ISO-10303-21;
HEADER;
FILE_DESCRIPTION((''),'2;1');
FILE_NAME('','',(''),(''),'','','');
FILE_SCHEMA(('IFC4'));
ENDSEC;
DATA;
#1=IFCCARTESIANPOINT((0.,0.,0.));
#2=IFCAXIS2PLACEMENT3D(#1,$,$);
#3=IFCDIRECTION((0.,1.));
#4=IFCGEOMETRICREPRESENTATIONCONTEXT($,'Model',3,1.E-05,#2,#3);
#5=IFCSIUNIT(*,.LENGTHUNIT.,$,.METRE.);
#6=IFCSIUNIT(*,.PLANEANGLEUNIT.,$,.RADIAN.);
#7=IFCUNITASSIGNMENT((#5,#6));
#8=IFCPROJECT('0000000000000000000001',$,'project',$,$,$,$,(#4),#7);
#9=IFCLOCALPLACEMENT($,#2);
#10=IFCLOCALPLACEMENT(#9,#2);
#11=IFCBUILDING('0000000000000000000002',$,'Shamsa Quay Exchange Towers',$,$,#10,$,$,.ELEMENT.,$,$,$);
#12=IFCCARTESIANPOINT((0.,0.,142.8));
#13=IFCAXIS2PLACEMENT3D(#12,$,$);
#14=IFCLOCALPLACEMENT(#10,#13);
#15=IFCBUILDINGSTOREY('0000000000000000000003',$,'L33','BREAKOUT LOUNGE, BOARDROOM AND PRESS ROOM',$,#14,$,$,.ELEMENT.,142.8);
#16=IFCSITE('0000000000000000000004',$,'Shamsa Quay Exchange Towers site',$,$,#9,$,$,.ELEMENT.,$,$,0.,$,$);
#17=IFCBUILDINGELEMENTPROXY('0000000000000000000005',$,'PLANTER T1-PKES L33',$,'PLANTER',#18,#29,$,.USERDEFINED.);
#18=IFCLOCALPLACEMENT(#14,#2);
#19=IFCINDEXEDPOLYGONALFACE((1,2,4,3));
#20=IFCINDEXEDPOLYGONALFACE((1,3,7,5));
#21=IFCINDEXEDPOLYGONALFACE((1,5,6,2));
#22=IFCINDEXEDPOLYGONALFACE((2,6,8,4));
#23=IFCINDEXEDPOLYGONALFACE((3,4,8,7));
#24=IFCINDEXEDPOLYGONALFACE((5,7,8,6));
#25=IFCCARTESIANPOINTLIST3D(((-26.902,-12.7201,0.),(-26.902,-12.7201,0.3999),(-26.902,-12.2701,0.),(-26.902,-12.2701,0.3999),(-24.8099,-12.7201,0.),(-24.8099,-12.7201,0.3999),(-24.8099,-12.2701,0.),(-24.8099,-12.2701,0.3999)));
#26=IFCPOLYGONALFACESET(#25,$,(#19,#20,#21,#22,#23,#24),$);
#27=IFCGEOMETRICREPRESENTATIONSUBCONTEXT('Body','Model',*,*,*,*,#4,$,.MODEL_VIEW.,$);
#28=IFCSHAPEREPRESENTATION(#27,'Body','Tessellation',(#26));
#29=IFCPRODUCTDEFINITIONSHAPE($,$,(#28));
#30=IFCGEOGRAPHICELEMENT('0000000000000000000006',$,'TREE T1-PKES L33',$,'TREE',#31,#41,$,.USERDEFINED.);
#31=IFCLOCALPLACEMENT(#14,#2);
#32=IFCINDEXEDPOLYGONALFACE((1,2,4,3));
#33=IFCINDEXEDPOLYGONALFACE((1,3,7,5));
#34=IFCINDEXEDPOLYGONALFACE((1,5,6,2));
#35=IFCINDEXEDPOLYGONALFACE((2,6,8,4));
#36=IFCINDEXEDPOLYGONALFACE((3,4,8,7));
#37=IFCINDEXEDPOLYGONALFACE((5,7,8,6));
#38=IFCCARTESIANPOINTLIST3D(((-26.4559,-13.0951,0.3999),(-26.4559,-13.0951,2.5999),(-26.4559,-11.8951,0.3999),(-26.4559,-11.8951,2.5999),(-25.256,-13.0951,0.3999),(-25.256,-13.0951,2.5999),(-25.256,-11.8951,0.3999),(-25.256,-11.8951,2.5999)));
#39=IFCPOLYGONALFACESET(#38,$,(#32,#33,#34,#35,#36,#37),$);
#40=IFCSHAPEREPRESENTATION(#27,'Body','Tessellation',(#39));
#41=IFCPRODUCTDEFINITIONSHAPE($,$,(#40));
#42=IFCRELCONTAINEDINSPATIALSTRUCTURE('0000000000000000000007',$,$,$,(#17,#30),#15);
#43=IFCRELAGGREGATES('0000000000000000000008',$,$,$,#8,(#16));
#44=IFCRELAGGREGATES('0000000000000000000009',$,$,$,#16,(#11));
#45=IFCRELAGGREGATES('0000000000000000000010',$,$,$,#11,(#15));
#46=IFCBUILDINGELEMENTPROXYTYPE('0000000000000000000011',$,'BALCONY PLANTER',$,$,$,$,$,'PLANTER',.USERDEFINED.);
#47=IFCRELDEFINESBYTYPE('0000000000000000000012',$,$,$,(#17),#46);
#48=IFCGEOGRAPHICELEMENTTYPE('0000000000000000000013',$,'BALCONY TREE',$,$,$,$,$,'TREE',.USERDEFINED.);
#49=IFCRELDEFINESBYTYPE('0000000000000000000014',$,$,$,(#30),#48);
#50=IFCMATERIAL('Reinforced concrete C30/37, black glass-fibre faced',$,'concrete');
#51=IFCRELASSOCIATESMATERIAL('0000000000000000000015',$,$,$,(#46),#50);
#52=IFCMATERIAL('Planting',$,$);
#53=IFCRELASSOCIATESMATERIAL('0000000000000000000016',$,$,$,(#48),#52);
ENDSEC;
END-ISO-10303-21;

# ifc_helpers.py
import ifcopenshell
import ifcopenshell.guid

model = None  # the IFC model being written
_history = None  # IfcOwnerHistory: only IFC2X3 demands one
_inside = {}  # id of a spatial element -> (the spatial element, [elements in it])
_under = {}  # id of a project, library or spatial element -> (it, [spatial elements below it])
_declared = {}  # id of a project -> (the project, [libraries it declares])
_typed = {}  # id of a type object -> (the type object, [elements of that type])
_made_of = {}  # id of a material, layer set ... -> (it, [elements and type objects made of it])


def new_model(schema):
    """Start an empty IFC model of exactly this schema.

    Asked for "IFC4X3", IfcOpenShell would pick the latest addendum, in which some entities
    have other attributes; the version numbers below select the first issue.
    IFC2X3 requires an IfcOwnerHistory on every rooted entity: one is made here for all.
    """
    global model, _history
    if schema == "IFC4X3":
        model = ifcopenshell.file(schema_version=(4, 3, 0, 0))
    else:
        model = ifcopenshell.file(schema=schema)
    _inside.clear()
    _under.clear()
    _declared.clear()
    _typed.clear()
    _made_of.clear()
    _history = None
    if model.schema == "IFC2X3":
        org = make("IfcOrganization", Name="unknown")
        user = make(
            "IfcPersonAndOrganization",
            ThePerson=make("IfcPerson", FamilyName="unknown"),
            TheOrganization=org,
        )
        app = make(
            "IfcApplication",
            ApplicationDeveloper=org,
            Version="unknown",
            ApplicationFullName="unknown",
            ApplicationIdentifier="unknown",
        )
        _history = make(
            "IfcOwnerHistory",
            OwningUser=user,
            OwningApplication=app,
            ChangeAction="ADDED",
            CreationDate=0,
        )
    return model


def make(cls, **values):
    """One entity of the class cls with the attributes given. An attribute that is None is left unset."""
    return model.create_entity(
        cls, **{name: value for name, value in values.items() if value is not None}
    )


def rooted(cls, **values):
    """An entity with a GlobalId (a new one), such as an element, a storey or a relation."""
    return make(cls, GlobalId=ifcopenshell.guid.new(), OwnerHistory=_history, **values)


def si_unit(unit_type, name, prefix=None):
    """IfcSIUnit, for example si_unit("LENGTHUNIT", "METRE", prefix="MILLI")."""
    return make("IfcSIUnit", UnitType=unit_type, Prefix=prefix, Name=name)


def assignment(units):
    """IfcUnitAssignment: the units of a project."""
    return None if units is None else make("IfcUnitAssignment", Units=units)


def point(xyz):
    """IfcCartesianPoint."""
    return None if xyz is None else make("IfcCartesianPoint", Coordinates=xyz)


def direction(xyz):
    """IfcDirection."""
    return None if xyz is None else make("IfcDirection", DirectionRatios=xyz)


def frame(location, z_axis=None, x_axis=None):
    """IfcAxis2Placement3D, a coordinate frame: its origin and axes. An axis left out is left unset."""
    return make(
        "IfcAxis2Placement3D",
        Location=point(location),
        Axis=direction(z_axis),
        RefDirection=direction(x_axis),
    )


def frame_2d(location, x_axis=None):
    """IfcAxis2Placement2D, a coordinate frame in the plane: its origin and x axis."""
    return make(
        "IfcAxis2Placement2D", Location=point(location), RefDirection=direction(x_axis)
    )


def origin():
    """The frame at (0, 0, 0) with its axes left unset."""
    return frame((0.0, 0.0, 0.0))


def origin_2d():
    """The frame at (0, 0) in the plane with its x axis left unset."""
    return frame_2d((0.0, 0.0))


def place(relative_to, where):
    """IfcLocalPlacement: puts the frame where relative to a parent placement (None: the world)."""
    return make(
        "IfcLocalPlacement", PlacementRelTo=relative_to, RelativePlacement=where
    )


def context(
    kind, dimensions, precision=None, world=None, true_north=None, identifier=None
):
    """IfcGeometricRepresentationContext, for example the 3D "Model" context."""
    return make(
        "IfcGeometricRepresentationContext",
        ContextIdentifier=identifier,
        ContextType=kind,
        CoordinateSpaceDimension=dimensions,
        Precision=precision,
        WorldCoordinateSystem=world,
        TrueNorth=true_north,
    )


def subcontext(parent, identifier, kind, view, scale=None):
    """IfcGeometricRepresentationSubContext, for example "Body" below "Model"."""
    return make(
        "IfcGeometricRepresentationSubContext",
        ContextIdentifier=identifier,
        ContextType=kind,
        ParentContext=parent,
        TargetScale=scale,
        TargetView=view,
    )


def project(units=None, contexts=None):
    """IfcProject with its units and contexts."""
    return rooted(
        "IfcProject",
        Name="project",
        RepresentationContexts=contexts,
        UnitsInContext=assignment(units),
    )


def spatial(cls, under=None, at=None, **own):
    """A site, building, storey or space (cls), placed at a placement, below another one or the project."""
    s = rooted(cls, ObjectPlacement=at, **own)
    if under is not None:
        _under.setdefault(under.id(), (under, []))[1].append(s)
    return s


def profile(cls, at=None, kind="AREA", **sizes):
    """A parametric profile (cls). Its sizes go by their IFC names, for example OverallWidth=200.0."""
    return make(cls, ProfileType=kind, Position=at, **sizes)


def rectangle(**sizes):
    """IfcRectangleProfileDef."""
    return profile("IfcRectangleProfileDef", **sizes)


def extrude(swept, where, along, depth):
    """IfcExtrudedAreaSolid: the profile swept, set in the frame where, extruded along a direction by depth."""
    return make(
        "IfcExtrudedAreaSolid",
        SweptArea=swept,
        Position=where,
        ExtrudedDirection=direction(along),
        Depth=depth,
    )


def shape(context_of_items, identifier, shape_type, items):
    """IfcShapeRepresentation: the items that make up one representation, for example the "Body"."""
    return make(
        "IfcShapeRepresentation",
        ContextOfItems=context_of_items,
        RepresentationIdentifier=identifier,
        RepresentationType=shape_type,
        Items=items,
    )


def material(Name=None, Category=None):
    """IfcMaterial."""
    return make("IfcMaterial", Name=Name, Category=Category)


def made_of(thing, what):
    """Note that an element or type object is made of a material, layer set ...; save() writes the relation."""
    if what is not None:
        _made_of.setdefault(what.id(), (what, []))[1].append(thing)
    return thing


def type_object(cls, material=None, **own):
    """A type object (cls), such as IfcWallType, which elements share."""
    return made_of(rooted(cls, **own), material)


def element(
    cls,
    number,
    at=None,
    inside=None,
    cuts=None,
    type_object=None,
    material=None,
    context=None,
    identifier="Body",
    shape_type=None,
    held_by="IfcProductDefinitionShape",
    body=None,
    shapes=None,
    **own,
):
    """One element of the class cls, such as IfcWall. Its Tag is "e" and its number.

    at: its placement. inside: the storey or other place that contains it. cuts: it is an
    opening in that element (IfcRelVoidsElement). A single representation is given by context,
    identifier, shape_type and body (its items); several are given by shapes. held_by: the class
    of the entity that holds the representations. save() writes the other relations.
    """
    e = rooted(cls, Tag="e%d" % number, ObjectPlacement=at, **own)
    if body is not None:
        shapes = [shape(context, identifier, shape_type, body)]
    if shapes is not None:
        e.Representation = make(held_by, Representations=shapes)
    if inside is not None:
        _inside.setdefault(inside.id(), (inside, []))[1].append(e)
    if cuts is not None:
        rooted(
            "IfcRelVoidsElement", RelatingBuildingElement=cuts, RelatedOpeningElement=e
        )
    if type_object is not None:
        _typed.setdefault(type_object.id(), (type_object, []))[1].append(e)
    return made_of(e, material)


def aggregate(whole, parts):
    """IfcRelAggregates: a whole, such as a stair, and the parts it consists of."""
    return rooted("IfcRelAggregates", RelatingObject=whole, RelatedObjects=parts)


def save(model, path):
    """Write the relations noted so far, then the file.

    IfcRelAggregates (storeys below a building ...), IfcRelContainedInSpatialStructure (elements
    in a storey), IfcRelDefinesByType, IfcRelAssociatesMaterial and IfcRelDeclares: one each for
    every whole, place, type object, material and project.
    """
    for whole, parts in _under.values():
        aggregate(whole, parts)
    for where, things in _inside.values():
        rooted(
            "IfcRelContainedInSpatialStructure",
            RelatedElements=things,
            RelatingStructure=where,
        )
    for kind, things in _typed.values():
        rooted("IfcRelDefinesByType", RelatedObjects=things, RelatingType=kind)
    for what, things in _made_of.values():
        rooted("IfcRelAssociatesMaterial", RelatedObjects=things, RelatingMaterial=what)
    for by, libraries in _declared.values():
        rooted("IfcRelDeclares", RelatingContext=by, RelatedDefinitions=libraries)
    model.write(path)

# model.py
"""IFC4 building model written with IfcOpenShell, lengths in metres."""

from ifc_helpers import new_model, si_unit, direction, frame, origin, origin_2d, place, context, subcontext, project, spatial, rectangle, extrude, material, type_object, element, save


model = new_model("IFC4")

# Units and contexts
model_context = context("Model", 3, precision=1e-05, world=origin(), true_north=direction((0.0, 1.0)))
body_context = subcontext(model_context, "Body", "Model", "MODEL_VIEW")
ifc_project = project(units=[si_unit("LENGTHUNIT", "METRE"), si_unit("PLANEANGLEUNIT", "RADIAN")], contexts=[model_context])

# Site, building, storey
site_placement = place(None, origin())
site = spatial("IfcSite", under=ifc_project, at=site_placement, Name="Shamsa Quay Exchange Towers site", CompositionType="ELEMENT", RefElevation=0.0)
building_placement = place(site_placement, origin())
building = spatial("IfcBuilding", under=site, at=building_placement, Name="Shamsa Quay Exchange Towers", CompositionType="ELEMENT")
storey_placement = place(building_placement, frame((0.0, 0.0, 142.8)))
storey = spatial("IfcBuildingStorey", under=building, at=storey_placement, Name="L33", Description="BREAKOUT LOUNGE, BOARDROOM AND PRESS ROOM", CompositionType="ELEMENT", Elevation=142.8)

# Building element proxy
ifc_material_1 = material(Name="Reinforced concrete C30/37, black glass-fibre faced", Category="concrete")
building_element_proxy_type = type_object("IfcBuildingElementProxyType", Name="BALCONY PLANTER", ElementType="PLANTER", PredefinedType="USERDEFINED", material=ifc_material_1)
for number, where, name in (
    (1, (-25.856, -12.4951, 0.0), "PLANTER T1-PKES L33"),
):
    element("IfcBuildingElementProxy", number, at=place(storey_placement, frame(where)), inside=storey, type_object=building_element_proxy_type, Name=name, ObjectType="PLANTER", PredefinedType="USERDEFINED", context=body_context, shape_type="SweptSolid", body=[
        extrude(rectangle(XDim=2.092, YDim=0.45, at=origin_2d()), origin(), (0.0, 0.0, 1.0), 0.3999),
    ])

# Geographic element
ifc_material_2 = material(Name="Planting")
geographic_element_type = type_object("IfcGeographicElementType", Name="BALCONY TREE", ElementType="TREE", PredefinedType="USERDEFINED", material=ifc_material_2)
geographic_element_placement = place(storey_placement, frame((-25.856, -12.4951, 0.3999)))
element("IfcGeographicElement", 2, at=geographic_element_placement, inside=storey, type_object=geographic_element_type, Name="TREE T1-PKES L33", ObjectType="TREE", PredefinedType="USERDEFINED", context=body_context, shape_type="SweptSolid", body=[
    extrude(rectangle(XDim=1.2, YDim=1.2, at=origin_2d()), origin(), (0.0, 0.0, 1.0), 2.2),
])

save(model, "model.ifc")
